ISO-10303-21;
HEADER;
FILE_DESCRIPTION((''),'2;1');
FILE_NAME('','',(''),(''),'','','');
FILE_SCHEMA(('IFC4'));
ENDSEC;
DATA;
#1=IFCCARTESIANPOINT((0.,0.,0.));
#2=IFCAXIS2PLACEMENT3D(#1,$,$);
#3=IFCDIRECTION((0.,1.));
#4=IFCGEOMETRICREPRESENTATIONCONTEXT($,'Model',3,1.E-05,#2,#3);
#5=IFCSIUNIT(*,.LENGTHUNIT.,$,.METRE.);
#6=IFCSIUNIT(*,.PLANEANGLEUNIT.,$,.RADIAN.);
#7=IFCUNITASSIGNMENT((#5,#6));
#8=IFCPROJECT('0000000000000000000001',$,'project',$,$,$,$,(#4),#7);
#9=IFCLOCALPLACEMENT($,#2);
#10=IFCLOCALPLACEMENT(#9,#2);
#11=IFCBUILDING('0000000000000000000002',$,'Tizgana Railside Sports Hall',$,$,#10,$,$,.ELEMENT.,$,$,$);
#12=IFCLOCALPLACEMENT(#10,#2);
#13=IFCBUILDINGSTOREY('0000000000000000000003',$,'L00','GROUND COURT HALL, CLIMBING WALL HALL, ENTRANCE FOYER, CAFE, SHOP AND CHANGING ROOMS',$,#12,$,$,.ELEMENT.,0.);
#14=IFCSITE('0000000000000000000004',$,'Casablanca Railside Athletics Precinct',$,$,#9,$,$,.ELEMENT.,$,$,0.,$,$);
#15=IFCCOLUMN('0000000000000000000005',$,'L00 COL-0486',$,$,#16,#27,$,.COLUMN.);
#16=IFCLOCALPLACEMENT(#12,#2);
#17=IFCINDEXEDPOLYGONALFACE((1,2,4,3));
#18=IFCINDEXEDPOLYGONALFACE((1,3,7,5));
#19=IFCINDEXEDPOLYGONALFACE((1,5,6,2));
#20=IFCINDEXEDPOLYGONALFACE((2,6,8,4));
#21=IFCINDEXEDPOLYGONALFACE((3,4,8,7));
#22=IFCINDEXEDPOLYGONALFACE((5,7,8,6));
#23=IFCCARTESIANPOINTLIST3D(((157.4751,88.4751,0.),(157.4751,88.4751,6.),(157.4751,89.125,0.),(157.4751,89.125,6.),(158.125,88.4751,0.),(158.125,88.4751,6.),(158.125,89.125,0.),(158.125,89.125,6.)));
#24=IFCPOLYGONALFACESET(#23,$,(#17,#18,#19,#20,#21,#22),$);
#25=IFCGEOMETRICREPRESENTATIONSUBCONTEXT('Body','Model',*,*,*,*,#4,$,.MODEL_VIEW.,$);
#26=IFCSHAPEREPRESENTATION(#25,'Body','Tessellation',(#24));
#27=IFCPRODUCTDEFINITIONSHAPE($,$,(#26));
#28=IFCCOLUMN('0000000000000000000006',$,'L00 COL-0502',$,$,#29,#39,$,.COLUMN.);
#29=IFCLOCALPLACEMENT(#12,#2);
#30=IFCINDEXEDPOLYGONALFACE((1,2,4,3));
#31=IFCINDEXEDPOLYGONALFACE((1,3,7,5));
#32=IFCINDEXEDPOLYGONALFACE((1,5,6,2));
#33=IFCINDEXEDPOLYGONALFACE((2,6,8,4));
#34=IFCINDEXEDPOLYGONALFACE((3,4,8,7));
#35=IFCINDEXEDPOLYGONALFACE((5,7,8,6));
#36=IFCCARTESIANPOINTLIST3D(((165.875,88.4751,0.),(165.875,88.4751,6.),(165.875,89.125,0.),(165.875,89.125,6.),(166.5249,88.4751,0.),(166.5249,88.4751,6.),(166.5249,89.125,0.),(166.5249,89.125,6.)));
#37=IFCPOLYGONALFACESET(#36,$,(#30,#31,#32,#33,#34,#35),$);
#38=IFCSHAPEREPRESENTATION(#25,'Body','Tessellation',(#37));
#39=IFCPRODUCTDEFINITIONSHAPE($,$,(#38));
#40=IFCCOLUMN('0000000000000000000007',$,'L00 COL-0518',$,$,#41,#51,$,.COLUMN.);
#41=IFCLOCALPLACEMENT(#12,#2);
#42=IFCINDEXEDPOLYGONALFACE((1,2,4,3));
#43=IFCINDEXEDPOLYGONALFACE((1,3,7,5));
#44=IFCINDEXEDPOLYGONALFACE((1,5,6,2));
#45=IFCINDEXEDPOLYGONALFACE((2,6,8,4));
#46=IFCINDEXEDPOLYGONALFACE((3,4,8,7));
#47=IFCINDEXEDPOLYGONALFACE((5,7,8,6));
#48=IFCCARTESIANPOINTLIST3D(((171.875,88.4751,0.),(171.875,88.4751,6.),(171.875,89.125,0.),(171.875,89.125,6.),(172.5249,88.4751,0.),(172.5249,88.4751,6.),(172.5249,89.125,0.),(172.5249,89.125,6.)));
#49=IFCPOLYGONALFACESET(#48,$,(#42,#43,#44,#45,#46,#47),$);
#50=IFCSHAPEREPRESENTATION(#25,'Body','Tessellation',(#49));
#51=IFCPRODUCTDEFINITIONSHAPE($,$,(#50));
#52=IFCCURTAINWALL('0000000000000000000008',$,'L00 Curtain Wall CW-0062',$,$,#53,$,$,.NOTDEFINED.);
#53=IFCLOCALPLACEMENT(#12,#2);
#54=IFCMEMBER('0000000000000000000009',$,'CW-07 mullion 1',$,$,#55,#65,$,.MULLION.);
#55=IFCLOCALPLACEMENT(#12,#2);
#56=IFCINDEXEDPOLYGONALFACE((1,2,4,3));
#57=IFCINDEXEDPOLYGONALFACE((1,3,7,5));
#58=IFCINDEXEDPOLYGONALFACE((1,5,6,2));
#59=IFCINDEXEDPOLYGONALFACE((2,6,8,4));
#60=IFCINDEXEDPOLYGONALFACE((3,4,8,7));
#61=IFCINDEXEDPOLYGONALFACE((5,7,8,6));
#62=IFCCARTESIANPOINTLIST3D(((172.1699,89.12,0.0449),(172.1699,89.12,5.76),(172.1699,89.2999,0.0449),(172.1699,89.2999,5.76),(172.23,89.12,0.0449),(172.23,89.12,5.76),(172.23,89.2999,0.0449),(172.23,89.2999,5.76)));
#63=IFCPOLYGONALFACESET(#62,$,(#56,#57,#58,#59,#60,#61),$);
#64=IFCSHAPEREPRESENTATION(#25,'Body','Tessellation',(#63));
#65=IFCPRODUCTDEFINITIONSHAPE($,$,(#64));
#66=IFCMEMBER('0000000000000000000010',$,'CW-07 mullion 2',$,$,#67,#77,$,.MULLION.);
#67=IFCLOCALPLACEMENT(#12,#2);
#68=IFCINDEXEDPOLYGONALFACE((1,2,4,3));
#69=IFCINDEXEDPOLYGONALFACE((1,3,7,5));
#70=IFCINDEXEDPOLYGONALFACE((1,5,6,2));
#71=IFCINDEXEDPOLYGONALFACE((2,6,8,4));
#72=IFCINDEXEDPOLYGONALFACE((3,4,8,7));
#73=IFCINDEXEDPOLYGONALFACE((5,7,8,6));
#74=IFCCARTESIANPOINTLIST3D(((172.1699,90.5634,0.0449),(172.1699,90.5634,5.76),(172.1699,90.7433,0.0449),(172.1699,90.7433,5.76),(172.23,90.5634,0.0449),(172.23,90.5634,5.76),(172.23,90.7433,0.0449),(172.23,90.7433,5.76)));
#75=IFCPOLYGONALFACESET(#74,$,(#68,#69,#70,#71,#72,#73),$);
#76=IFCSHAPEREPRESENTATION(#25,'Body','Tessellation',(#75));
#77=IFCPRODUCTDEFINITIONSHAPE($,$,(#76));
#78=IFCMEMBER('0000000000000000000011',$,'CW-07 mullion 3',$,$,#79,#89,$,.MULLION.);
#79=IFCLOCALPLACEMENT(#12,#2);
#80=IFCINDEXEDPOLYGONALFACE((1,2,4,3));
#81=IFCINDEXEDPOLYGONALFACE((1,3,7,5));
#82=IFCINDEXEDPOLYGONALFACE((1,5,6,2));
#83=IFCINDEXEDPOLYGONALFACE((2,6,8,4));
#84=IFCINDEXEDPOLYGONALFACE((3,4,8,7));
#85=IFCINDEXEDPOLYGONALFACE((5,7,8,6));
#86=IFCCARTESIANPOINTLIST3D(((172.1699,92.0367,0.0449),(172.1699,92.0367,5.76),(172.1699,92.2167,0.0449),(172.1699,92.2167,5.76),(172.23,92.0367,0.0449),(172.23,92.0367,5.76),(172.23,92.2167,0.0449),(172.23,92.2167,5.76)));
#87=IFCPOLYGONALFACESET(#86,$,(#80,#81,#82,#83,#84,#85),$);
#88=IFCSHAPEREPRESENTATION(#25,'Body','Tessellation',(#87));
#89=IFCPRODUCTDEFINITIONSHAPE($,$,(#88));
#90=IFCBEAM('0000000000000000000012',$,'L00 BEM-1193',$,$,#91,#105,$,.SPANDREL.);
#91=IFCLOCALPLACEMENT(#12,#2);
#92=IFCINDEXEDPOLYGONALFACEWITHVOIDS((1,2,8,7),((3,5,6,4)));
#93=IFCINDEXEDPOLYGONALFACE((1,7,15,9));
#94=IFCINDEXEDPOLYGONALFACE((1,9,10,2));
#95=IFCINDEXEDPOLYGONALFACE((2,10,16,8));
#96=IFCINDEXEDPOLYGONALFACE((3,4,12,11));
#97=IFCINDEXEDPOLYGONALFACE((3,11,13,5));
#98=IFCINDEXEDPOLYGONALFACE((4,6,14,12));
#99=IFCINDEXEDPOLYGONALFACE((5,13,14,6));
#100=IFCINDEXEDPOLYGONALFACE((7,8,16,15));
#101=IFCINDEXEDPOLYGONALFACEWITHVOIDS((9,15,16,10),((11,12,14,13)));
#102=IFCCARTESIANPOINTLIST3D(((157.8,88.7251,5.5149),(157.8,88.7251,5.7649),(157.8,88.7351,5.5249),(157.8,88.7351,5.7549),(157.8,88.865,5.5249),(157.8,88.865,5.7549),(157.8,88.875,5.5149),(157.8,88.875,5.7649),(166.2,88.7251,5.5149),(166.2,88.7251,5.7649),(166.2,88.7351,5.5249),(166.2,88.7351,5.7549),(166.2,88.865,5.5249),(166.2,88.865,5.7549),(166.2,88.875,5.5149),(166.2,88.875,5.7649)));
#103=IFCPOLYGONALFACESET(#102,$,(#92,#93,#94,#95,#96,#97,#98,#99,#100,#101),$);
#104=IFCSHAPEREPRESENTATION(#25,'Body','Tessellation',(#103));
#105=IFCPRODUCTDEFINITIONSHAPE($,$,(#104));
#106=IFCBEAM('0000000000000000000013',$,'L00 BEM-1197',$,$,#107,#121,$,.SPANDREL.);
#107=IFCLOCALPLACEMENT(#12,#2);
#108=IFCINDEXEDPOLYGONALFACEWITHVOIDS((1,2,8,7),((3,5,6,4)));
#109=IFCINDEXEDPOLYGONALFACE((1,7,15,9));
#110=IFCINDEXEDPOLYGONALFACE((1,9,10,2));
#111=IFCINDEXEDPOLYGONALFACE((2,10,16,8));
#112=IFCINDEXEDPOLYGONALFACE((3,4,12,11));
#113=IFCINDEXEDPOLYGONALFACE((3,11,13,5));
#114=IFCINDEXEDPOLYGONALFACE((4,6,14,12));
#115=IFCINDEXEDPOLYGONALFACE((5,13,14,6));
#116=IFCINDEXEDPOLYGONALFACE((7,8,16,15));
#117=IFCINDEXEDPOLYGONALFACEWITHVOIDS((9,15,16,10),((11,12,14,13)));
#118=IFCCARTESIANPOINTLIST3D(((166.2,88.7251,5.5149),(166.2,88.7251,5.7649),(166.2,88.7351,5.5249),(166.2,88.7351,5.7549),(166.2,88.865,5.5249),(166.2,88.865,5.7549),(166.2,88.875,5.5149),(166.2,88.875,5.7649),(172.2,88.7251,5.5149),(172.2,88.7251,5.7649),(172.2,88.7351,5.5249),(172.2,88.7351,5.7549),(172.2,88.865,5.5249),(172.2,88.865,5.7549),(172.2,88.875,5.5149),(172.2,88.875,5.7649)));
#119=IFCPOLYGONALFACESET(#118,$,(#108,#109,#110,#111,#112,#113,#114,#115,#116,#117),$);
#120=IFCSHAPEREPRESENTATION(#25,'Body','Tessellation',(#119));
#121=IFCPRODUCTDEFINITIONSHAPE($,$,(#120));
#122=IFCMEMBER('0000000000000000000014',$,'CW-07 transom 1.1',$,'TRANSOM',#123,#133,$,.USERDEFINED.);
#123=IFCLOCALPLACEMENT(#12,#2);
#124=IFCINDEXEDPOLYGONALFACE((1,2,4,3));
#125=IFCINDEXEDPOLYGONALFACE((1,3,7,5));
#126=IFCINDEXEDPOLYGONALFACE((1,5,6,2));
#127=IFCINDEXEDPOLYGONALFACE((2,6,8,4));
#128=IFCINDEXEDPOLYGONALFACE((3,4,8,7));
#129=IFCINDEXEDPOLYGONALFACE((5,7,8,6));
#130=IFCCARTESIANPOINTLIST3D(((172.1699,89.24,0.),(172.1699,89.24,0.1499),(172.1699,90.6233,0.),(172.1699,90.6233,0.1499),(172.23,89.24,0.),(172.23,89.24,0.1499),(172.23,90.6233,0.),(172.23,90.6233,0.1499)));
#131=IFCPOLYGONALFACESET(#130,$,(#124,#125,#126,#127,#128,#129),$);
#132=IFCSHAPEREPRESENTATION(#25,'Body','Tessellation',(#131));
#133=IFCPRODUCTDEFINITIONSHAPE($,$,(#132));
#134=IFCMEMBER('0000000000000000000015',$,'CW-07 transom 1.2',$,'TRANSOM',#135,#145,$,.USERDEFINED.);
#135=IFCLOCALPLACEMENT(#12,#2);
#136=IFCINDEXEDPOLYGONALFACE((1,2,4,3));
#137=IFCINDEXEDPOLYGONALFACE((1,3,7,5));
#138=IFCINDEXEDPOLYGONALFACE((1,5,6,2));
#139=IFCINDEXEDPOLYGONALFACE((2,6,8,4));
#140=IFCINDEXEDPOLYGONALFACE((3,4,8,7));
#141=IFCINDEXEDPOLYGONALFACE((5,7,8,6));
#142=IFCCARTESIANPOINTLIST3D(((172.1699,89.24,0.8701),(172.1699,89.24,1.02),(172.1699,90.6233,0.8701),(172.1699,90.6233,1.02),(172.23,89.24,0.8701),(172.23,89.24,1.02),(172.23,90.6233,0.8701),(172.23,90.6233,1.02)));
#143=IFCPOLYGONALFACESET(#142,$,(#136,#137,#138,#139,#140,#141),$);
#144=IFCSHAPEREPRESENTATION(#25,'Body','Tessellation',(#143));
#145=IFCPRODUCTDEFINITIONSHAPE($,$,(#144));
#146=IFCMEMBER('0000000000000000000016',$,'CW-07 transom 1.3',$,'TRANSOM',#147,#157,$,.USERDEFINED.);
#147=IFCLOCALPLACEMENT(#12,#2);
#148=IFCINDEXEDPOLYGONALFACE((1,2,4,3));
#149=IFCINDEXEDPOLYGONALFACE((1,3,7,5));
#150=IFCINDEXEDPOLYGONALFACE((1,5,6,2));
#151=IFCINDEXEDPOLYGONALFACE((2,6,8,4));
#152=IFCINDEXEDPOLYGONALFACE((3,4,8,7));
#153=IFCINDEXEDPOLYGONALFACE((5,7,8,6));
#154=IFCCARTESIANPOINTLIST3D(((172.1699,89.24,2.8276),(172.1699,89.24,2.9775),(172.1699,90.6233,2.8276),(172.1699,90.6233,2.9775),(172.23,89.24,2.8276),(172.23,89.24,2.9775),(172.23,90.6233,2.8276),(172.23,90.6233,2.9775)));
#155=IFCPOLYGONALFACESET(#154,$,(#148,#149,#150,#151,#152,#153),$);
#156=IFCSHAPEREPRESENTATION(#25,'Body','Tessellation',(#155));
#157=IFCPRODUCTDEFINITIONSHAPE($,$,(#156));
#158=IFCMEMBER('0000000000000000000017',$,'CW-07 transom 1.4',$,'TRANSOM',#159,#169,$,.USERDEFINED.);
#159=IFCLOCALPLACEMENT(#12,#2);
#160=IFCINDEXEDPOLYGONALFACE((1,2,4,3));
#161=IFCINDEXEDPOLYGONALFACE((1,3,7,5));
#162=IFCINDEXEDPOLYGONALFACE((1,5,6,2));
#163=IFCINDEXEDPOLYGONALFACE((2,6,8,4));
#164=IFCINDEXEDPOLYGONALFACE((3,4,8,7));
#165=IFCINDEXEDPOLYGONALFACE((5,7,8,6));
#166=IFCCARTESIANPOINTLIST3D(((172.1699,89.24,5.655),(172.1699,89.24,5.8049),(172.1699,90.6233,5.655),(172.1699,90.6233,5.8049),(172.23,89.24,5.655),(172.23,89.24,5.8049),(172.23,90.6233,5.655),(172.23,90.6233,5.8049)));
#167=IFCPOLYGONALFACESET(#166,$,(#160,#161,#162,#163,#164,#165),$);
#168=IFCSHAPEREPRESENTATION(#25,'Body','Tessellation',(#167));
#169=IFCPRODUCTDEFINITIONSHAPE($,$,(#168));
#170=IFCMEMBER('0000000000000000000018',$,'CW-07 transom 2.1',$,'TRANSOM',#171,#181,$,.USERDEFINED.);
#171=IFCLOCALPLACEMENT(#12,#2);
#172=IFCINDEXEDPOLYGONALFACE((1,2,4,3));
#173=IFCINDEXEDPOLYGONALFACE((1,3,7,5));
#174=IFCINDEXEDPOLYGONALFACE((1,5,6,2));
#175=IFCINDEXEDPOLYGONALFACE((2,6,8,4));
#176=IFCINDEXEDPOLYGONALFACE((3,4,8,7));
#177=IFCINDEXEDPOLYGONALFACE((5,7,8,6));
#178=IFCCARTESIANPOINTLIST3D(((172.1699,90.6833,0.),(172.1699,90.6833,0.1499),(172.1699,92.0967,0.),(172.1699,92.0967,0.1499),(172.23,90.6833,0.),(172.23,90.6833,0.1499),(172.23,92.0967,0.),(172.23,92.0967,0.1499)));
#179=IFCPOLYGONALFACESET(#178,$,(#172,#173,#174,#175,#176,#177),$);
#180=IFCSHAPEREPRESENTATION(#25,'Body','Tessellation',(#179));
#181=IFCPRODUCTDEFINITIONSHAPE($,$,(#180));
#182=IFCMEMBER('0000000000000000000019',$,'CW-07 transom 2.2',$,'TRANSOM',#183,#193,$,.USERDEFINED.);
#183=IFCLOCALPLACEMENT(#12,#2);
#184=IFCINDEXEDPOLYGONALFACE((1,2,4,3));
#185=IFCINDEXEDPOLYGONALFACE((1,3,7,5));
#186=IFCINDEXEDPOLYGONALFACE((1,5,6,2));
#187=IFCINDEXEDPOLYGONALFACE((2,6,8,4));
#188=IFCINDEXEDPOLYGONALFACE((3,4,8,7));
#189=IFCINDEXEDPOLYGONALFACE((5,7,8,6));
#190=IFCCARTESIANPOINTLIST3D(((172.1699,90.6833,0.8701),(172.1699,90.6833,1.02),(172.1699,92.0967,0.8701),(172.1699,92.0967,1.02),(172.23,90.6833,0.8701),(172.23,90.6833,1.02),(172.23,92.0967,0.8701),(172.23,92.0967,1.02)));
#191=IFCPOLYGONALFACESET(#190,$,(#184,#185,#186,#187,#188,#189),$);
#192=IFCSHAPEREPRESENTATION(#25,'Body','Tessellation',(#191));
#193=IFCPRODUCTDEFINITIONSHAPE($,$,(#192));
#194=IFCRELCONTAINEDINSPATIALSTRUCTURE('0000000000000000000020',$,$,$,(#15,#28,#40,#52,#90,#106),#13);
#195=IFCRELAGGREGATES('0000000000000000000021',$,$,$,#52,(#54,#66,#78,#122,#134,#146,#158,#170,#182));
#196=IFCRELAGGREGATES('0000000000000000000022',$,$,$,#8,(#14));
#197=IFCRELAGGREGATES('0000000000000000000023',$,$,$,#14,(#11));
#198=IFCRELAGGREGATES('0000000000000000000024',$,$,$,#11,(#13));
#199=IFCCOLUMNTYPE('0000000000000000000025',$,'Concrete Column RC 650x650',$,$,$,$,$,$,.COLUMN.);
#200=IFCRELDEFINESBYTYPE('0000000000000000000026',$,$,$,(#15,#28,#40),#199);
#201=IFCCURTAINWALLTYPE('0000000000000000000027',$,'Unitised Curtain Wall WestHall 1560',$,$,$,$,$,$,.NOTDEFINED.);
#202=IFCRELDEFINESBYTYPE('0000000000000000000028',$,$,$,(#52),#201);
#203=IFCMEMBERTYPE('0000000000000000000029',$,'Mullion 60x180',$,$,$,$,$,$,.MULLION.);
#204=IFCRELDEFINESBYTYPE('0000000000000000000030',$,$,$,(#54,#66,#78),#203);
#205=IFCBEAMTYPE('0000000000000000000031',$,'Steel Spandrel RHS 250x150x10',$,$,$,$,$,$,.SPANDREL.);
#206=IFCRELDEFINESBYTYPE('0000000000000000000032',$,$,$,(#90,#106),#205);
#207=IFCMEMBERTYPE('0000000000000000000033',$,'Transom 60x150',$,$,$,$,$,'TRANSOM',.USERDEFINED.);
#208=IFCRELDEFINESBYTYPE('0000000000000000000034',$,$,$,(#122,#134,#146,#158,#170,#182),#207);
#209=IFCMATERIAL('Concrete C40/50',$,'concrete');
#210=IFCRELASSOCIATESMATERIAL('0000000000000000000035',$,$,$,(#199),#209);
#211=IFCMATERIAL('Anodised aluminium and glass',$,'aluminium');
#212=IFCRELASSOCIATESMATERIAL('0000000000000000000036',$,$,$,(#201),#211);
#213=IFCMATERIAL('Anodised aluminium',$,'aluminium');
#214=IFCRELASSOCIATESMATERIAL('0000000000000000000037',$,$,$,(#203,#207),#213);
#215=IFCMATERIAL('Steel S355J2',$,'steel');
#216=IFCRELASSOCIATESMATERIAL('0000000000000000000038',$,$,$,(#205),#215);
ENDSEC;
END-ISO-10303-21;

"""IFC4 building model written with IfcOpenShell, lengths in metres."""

from ifc_helpers import new_model, si_unit, direction, frame, origin, origin_2d, place, context, subcontext, project, spatial, rectangle, hollow_rectangle, extrude, material, material_profile, profile_set, type_object, element, aggregate, save


model = new_model("IFC4")

# Units and contexts
model_context = context("Model", 3, precision=1e-05, world=origin(), true_north=direction((0.0, 1.0)))
body_context = subcontext(model_context, "Body", "Model", "MODEL_VIEW")
ifc_project = project(units=[si_unit("LENGTHUNIT", "METRE"), si_unit("PLANEANGLEUNIT", "RADIAN")], contexts=[model_context])

# Site, building, storey
site_placement = place(None, origin())
site = spatial("IfcSite", under=ifc_project, at=site_placement, Name="Casablanca Railside Athletics Precinct", CompositionType="ELEMENT", RefElevation=0.0)
building_placement = place(site_placement, origin())
building = spatial("IfcBuilding", under=site, at=building_placement, Name="Tizgana Railside Sports Hall", CompositionType="ELEMENT")
storey_placement = place(building_placement, origin())
storey = spatial("IfcBuildingStorey", under=building, at=storey_placement, Name="L00", Description="GROUND COURT HALL, CLIMBING WALL HALL, ENTRANCE FOYER, CAFE, SHOP AND CHANGING ROOMS", CompositionType="ELEMENT", Elevation=0.0)

# Columns
ifc_material_1 = material(Name="Concrete C40/50", Category="concrete")
ifc_material_profile_1 = material_profile(ifc_material_1, rectangle(XDim=0.6499, YDim=0.6499, at=origin_2d()), Name="RC 650x650")
ifc_profile_set_1 = profile_set([ifc_material_profile_1], Name="Concrete C40/50")
column_type = type_object("IfcColumnType", Name="Concrete Column RC 650x650", PredefinedType="COLUMN", material=ifc_profile_set_1)
for number, where, z_axis, x_axis, name in (
    (1, (157.8, 88.8, 0.0), (0.0, 0.0, 1.0), (1.0, 0.0, 0.0), "L00 COL-0486"),
    (2, (166.2, 88.8, 0.0), (0.0, 0.0, 1.0), (1.0, 0.0, 0.0), "L00 COL-0502"),
    (3, (172.2, 88.8, 0.0), (0.0, 0.0, 1.0), (1.0, 0.0, 0.0), "L00 COL-0518"),
):
    element("IfcColumn", number, at=place(storey_placement, frame(where, z_axis=z_axis, x_axis=x_axis)), inside=storey, type_object=column_type, Name=name, PredefinedType="COLUMN", context=body_context, shape_type="SweptSolid", body=[
        extrude(rectangle(XDim=0.6499, YDim=0.6499, at=origin_2d()), origin(), (0.0, 0.0, 1.0), 6.0),
    ])

# Curtain wall, members
ifc_material_2 = material(Name="Anodised aluminium and glass", Category="aluminium")
curtain_wall_type = type_object("IfcCurtainWallType", Name="Unitised Curtain Wall WestHall 1560", PredefinedType="NOTDEFINED", material=ifc_material_2)
curtain_wall_placement = place(storey_placement, origin())
curtain_wall = element("IfcCurtainWall", 4, at=curtain_wall_placement, inside=storey, type_object=curtain_wall_type, Name="L00 Curtain Wall CW-0062", PredefinedType="NOTDEFINED")
ifc_material_3 = material(Name="Anodised aluminium", Category="aluminium")
ifc_material_profile_2 = material_profile(ifc_material_3, rectangle(XDim=0.0601, YDim=0.1799, at=origin_2d()), Name="Mullion 60x180")
ifc_profile_set_2 = profile_set([ifc_material_profile_2], Name="Anodised aluminium")
member_type_1 = type_object("IfcMemberType", Name="Mullion 60x180", PredefinedType="MULLION", material=ifc_profile_set_2)
member_1_placement = place(storey_placement, frame((172.2, 89.21, 0.0449), z_axis=(0.0, 0.0, 1.0), x_axis=(-1.0, 0.0, 0.0)))
member_1 = element("IfcMember", 5, at=member_1_placement, type_object=member_type_1, Name="CW-07 mullion 1", PredefinedType="MULLION", context=body_context, shape_type="SweptSolid", body=[
    extrude(rectangle(XDim=0.0601, YDim=0.1799, at=origin_2d()), origin(), (0.0, 0.0, 1.0), 5.7151),
])
member_2_placement = place(storey_placement, frame((172.2, 90.6533, 0.0449), z_axis=(0.0, 0.0, 1.0), x_axis=(-1.0, 0.0, 0.0)))
member_2 = element("IfcMember", 6, at=member_2_placement, type_object=member_type_1, Name="CW-07 mullion 2", PredefinedType="MULLION", context=body_context, shape_type="SweptSolid", body=[
    extrude(rectangle(XDim=0.0601, YDim=0.1799, at=origin_2d()), origin(), (0.0, 0.0, 1.0), 5.7151),
])
member_3_placement = place(storey_placement, frame((172.2, 92.1267, 0.0449), z_axis=(0.0, 0.0, 1.0), x_axis=(-1.0, 0.0, 0.0)))
member_3 = element("IfcMember", 7, at=member_3_placement, type_object=member_type_1, Name="CW-07 mullion 3", PredefinedType="MULLION", context=body_context, shape_type="SweptSolid", body=[
    extrude(rectangle(XDim=0.0601, YDim=0.1799, at=origin_2d()), origin(), (0.0, 0.0, 1.0), 5.7151),
])

# Beams
ifc_material_4 = material(Name="Steel S355J2", Category="steel")
ifc_material_profile_3 = material_profile(ifc_material_4, hollow_rectangle(XDim=0.1499, YDim=0.25, WallThickness=0.01, at=origin_2d()), Name="RHS 250x150x10")
ifc_profile_set_3 = profile_set([ifc_material_profile_3], Name="Steel S355J2")
beam_type = type_object("IfcBeamType", Name="Steel Spandrel RHS 250x150x10", PredefinedType="SPANDREL", material=ifc_profile_set_3)
beam_1_placement = place(storey_placement, frame((157.8, 88.8, 5.6399), z_axis=(1.0, 0.0, 0.0), x_axis=(0.0, 1.0, 0.0)))
element("IfcBeam", 8, at=beam_1_placement, inside=storey, type_object=beam_type, Name="L00 BEM-1193", PredefinedType="SPANDREL", context=body_context, shape_type="SweptSolid", body=[
    extrude(hollow_rectangle(XDim=0.1499, YDim=0.25, WallThickness=0.01, at=origin_2d()), origin(), (0.0, 0.0, 1.0), 8.3999),
])
beam_2_placement = place(storey_placement, frame((166.2, 88.8, 5.6399), z_axis=(1.0, 0.0, 0.0), x_axis=(0.0, 1.0, 0.0)))
element("IfcBeam", 9, at=beam_2_placement, inside=storey, type_object=beam_type, Name="L00 BEM-1197", PredefinedType="SPANDREL", context=body_context, shape_type="SweptSolid", body=[
    extrude(hollow_rectangle(XDim=0.1499, YDim=0.25, WallThickness=0.01, at=origin_2d()), origin(), (0.0, 0.0, 1.0), 6.0),
])

# Members
ifc_material_profile_4 = material_profile(ifc_material_3, rectangle(XDim=0.0601, YDim=0.1499, at=origin_2d()), Name="Transom 60x150")
ifc_profile_set_4 = profile_set([ifc_material_profile_4], Name="Anodised aluminium")
member_type_2 = type_object("IfcMemberType", Name="Transom 60x150", ElementType="TRANSOM", PredefinedType="USERDEFINED", material=ifc_profile_set_4)
member_4_placement = place(storey_placement, frame((172.2, 89.24, 0.075), z_axis=(0.0, 1.0, 0.0), x_axis=(-1.0, 0.0, 0.0)))
member_4 = element("IfcMember", 10, at=member_4_placement, type_object=member_type_2, Name="CW-07 transom 1.1", ObjectType="TRANSOM", PredefinedType="USERDEFINED", context=body_context, shape_type="SweptSolid", body=[
    extrude(rectangle(XDim=0.0601, YDim=0.1499, at=origin_2d()), origin(), (0.0, 0.0, 1.0), 1.3833),
])
member_5_placement = place(storey_placement, frame((172.2, 89.24, 0.9451), z_axis=(0.0, 1.0, 0.0), x_axis=(-1.0, 0.0, 0.0)))
member_5 = element("IfcMember", 11, at=member_5_placement, type_object=member_type_2, Name="CW-07 transom 1.2", ObjectType="TRANSOM", PredefinedType="USERDEFINED", context=body_context, shape_type="SweptSolid", body=[
    extrude(rectangle(XDim=0.0601, YDim=0.1499, at=origin_2d()), origin(), (0.0, 0.0, 1.0), 1.3833),
])
member_6_placement = place(storey_placement, frame((172.2, 89.24, 2.9026), z_axis=(0.0, 1.0, 0.0), x_axis=(-1.0, 0.0, 0.0)))
member_6 = element("IfcMember", 12, at=member_6_placement, type_object=member_type_2, Name="CW-07 transom 1.3", ObjectType="TRANSOM", PredefinedType="USERDEFINED", context=body_context, shape_type="SweptSolid", body=[
    extrude(rectangle(XDim=0.0601, YDim=0.1499, at=origin_2d()), origin(), (0.0, 0.0, 1.0), 1.3833),
])
member_7_placement = place(storey_placement, frame((172.2, 89.24, 5.73), z_axis=(0.0, 1.0, 0.0), x_axis=(-1.0, 0.0, 0.0)))
member_7 = element("IfcMember", 13, at=member_7_placement, type_object=member_type_2, Name="CW-07 transom 1.4", ObjectType="TRANSOM", PredefinedType="USERDEFINED", context=body_context, shape_type="SweptSolid", body=[
    extrude(rectangle(XDim=0.0601, YDim=0.1499, at=origin_2d()), origin(), (0.0, 0.0, 1.0), 1.3833),
])
member_8_placement = place(storey_placement, frame((172.2, 90.6833, 0.075), z_axis=(0.0, 1.0, 0.0), x_axis=(-1.0, 0.0, 0.0)))
member_8 = element("IfcMember", 14, at=member_8_placement, type_object=member_type_2, Name="CW-07 transom 2.1", ObjectType="TRANSOM", PredefinedType="USERDEFINED", context=body_context, shape_type="SweptSolid", body=[
    extrude(rectangle(XDim=0.0601, YDim=0.1499, at=origin_2d()), origin(), (0.0, 0.0, 1.0), 1.4133),
])
member_9_placement = place(storey_placement, frame((172.2, 90.6833, 0.9451), z_axis=(0.0, 1.0, 0.0), x_axis=(-1.0, 0.0, 0.0)))
member_9 = element("IfcMember", 15, at=member_9_placement, type_object=member_type_2, Name="CW-07 transom 2.2", ObjectType="TRANSOM", PredefinedType="USERDEFINED", context=body_context, shape_type="SweptSolid", body=[
    extrude(rectangle(XDim=0.0601, YDim=0.1499, at=origin_2d()), origin(), (0.0, 0.0, 1.0), 1.4133),
])

aggregate(curtain_wall, [member_1, member_2, member_3, member_4, member_5, member_6, member_7, member_8, member_9])

save(model, "model.ifc")
